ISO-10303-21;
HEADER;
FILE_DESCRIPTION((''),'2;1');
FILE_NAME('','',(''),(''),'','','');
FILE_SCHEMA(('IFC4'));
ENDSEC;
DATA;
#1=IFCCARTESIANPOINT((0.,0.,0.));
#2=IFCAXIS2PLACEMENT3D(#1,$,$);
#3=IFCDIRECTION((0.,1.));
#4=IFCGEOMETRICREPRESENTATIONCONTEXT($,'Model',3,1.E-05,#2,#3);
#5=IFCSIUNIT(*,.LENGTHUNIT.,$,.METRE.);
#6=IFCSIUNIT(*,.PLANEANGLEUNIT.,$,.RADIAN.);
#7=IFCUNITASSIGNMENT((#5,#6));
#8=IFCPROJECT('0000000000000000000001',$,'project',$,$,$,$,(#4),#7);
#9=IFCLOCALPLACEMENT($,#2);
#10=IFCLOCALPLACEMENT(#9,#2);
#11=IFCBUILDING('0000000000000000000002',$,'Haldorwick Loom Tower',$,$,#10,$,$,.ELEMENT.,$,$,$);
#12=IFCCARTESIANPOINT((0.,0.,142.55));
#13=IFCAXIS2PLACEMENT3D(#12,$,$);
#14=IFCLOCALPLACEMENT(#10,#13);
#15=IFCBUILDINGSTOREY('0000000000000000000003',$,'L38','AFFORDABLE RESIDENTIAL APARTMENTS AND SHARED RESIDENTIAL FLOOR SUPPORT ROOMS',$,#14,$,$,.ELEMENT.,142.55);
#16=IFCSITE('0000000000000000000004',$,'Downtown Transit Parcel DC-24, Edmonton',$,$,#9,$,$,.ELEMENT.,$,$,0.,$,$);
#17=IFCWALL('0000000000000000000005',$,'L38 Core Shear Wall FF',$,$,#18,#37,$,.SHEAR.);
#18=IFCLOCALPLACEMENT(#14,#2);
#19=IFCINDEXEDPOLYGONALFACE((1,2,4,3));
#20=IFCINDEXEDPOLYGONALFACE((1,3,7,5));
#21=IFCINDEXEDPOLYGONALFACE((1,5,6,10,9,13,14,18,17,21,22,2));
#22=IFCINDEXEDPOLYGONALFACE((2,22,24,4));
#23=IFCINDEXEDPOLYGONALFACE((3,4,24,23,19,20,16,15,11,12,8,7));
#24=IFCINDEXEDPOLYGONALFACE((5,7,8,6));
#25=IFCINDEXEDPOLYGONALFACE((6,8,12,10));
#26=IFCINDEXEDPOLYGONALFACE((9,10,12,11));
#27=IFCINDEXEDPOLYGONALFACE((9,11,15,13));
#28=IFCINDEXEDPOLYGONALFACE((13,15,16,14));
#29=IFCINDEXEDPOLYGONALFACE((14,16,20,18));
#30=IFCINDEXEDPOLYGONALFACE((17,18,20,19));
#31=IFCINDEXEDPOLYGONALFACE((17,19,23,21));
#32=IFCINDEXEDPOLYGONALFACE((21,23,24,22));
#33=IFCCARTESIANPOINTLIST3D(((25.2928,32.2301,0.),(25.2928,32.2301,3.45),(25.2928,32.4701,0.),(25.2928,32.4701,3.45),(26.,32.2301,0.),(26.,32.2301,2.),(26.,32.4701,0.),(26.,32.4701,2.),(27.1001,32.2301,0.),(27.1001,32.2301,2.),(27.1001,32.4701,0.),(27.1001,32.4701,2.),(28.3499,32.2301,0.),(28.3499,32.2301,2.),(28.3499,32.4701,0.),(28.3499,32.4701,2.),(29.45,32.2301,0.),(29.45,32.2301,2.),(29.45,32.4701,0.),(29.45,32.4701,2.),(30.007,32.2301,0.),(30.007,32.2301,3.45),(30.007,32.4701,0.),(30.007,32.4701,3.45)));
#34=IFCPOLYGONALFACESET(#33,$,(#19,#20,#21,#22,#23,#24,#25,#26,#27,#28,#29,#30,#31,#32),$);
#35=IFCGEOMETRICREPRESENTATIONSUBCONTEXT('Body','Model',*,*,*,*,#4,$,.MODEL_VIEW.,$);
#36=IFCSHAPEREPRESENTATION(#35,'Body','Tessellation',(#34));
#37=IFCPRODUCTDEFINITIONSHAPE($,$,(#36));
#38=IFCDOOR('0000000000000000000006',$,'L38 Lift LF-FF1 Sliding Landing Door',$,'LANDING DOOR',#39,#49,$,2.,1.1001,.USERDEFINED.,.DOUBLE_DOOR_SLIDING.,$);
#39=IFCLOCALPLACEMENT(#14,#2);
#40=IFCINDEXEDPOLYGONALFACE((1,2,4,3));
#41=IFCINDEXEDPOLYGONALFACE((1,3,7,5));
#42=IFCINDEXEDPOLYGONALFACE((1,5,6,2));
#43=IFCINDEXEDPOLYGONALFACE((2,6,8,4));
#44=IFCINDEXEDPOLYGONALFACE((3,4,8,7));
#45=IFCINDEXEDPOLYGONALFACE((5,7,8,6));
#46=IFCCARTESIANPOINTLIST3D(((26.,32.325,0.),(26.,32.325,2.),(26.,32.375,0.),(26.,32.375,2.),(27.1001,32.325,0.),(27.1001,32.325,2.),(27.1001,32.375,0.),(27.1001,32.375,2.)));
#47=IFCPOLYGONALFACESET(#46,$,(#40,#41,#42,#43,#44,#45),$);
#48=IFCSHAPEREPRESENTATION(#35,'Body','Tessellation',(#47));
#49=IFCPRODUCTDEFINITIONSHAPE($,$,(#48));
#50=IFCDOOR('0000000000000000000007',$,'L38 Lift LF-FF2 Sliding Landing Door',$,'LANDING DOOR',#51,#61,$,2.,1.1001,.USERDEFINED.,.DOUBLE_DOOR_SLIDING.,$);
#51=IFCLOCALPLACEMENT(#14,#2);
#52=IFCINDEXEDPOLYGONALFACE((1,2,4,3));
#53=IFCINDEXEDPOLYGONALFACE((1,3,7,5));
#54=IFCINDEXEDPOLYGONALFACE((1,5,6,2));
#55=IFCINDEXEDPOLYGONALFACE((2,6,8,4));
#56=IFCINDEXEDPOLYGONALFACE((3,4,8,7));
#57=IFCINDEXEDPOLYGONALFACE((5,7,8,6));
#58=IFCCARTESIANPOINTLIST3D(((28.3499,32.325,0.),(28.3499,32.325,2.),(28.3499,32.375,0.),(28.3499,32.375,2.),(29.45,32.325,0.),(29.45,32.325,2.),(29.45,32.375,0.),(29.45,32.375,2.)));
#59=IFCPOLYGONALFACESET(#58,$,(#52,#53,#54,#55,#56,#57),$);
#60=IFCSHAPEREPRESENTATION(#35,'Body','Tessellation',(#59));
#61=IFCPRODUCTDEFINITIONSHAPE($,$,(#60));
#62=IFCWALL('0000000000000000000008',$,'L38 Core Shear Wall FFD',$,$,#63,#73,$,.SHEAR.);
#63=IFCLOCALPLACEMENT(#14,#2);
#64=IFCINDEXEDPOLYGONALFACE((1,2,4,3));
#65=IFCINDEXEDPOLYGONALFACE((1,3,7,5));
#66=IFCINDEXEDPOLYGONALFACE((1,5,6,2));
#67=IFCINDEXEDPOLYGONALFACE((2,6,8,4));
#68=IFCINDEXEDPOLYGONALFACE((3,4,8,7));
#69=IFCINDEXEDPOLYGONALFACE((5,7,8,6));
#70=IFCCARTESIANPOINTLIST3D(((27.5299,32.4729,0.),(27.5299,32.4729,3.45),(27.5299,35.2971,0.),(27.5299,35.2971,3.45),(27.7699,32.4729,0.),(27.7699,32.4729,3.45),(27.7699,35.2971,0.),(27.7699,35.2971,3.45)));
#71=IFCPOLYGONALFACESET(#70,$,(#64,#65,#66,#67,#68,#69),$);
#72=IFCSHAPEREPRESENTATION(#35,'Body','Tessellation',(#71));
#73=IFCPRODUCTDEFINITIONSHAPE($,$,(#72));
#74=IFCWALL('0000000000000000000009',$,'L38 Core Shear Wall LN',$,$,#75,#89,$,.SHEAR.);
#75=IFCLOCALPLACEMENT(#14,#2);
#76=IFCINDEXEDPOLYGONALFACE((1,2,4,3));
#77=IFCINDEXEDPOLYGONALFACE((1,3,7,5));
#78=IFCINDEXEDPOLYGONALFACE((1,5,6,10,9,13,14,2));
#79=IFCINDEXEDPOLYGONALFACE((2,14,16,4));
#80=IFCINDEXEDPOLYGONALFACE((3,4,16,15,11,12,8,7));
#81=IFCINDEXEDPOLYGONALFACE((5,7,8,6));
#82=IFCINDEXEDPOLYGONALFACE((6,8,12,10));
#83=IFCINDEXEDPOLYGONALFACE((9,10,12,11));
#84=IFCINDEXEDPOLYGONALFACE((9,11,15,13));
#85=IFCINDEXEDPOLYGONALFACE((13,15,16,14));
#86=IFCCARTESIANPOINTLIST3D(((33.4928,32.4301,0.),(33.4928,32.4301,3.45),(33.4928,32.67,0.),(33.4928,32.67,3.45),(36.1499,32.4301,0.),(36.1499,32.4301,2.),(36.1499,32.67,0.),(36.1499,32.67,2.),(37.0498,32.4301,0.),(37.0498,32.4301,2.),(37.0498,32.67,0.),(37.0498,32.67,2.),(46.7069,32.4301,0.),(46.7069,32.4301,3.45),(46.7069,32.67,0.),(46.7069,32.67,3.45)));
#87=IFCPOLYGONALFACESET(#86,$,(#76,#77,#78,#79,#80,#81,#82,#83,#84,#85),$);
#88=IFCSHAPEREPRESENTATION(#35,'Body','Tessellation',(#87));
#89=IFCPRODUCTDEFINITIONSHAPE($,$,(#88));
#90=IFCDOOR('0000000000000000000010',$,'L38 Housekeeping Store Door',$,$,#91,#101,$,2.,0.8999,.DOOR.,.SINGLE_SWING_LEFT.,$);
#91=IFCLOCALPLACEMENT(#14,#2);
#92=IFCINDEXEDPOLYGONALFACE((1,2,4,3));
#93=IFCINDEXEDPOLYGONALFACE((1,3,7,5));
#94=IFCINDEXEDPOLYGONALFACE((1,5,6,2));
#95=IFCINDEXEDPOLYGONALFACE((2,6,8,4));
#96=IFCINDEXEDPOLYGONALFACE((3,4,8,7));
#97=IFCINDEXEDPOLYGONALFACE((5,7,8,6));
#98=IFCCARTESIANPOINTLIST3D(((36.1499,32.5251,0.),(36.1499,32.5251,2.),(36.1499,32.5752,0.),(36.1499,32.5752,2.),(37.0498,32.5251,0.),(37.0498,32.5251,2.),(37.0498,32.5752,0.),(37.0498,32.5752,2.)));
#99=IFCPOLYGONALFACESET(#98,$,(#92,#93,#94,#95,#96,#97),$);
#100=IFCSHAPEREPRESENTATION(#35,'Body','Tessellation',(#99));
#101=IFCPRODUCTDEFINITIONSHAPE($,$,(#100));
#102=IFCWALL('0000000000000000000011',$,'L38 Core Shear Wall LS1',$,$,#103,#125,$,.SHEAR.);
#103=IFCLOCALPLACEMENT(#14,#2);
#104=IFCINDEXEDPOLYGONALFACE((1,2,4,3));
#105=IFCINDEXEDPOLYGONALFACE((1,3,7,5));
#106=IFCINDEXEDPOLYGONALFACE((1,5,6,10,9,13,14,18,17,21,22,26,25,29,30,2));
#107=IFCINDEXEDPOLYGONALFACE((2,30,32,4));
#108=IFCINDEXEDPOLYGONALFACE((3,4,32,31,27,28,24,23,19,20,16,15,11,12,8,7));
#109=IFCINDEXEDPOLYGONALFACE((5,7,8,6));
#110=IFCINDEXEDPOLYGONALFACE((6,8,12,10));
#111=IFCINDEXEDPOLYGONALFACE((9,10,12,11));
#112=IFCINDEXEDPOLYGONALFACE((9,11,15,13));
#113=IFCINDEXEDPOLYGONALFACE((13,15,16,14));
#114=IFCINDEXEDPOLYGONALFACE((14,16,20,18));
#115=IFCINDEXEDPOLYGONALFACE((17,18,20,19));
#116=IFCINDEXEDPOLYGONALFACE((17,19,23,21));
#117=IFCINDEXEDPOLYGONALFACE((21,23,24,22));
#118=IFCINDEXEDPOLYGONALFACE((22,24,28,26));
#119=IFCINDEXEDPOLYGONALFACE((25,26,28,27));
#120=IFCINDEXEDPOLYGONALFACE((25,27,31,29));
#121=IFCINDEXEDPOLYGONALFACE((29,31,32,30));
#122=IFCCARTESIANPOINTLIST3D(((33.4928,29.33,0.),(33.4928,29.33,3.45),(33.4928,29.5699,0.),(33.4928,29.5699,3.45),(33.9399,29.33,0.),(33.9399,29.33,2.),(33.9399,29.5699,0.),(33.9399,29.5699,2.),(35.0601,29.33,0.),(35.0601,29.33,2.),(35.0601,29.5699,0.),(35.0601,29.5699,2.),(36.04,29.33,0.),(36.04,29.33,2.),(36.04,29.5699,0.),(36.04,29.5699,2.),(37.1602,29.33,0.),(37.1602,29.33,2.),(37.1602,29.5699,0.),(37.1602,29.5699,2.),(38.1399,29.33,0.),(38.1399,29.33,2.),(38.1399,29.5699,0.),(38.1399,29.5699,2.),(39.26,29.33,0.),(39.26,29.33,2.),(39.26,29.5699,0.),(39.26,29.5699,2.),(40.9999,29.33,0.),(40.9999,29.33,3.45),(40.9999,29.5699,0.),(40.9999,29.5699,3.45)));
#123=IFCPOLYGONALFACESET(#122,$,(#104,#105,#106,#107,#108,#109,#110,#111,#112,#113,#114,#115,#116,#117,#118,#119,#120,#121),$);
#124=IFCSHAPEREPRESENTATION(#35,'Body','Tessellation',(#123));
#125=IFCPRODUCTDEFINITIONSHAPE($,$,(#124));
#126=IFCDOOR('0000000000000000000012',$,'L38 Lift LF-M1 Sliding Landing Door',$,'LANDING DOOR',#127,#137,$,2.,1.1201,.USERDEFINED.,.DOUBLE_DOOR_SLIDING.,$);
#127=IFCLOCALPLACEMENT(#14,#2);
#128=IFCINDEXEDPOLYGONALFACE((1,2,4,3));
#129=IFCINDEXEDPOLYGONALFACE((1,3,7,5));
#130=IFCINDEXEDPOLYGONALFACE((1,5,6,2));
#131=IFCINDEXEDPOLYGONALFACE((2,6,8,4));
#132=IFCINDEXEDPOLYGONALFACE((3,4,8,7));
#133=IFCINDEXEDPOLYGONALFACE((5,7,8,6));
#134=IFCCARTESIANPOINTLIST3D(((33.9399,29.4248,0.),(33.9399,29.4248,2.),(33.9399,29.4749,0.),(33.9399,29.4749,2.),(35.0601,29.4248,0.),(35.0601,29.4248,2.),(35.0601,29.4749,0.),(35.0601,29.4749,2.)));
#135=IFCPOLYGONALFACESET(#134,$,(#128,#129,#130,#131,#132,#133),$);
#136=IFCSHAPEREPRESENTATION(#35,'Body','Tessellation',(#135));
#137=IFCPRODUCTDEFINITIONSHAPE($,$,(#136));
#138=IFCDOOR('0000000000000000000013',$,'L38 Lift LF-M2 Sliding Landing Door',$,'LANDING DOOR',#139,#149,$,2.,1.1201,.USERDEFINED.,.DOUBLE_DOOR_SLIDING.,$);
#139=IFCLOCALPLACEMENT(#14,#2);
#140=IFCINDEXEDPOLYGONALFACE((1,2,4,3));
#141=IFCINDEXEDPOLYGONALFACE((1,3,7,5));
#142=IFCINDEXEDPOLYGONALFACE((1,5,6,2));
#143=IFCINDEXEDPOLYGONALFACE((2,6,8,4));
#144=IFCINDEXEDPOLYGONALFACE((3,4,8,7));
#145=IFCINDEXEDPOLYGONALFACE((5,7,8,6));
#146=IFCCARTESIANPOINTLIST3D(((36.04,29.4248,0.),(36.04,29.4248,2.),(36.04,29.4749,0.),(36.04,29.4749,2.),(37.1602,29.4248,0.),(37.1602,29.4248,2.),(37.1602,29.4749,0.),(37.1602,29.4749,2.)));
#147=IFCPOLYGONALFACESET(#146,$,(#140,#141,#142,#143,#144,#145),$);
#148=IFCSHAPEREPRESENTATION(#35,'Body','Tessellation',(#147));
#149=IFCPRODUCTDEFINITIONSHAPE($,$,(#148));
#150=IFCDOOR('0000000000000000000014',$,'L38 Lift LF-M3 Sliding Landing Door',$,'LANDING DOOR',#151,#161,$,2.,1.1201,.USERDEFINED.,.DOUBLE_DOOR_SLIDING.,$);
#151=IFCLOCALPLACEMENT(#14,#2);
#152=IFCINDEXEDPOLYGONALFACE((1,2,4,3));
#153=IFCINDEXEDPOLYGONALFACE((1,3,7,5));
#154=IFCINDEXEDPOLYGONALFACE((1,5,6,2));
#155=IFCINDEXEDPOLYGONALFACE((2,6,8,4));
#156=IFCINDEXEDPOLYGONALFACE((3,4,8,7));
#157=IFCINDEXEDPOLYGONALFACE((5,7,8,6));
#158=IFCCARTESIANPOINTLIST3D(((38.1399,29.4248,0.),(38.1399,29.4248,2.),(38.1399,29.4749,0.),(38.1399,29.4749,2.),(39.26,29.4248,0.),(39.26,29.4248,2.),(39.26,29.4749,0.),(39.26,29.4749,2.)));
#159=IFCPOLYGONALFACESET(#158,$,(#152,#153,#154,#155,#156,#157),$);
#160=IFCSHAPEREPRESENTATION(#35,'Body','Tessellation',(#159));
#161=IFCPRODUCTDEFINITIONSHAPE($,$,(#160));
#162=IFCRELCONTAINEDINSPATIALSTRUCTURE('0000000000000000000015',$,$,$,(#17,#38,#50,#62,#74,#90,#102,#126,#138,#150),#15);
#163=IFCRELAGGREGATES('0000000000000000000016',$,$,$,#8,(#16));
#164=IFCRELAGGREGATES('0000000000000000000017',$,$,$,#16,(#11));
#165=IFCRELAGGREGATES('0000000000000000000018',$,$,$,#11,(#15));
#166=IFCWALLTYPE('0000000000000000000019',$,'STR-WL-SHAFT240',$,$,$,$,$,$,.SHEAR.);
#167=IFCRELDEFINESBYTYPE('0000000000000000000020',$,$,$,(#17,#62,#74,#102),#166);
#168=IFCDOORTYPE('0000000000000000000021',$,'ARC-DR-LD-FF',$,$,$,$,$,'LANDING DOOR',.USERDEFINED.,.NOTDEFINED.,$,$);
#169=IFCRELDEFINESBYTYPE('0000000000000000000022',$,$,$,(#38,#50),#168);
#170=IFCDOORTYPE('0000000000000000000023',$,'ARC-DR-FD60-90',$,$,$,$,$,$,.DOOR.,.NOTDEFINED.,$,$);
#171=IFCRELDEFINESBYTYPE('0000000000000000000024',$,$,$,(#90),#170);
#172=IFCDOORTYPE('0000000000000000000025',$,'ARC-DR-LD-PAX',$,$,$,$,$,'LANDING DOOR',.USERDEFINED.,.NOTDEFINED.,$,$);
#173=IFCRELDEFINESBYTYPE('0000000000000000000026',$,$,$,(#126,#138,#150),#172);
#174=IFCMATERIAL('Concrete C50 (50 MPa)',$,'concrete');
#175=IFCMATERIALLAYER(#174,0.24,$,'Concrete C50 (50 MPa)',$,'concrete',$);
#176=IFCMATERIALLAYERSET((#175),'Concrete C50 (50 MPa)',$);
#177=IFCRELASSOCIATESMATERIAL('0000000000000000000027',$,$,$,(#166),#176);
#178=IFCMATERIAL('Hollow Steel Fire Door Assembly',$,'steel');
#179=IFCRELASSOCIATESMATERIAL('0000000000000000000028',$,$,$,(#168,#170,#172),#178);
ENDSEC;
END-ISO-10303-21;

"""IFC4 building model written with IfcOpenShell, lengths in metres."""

from ifc_helpers import new_model, si_unit, direction, frame, frame_2d, origin, place, context, subcontext, project, spatial, rectangle, extrude, material, layer, layer_set, type_object, element, fill, save


model = new_model("IFC4")

# Units and contexts
model_context = context("Model", 3, precision=1e-05, world=origin(), true_north=direction((0.0, 1.0)))
body_context = subcontext(model_context, "Body", "Model", "MODEL_VIEW")
ifc_project = project(units=[si_unit("LENGTHUNIT", "METRE"), si_unit("PLANEANGLEUNIT", "RADIAN")], contexts=[model_context])

# Site, building, storey
site_placement = place(None, origin())
site = spatial("IfcSite", under=ifc_project, at=site_placement, Name="Downtown Transit Parcel DC-24, Edmonton", CompositionType="ELEMENT", RefElevation=0.0)
building_placement = place(site_placement, origin())
building = spatial("IfcBuilding", under=site, at=building_placement, Name="Haldorwick Loom Tower", CompositionType="ELEMENT")
storey_placement = place(building_placement, frame((0.0, 0.0, 142.55)))
storey = spatial("IfcBuildingStorey", under=building, at=storey_placement, Name="L38", Description="AFFORDABLE RESIDENTIAL APARTMENTS AND SHARED RESIDENTIAL FLOOR SUPPORT ROOMS", CompositionType="ELEMENT", Elevation=142.55)

# Shared definitions
ifc_material_1 = material(Name="Concrete C50 (50 MPa)", Category="concrete")
ifc_layer_1 = layer(ifc_material_1, 0.24, Name="Concrete C50 (50 MPa)", Category="concrete")
ifc_layer_set_1 = layer_set([ifc_layer_1], Name="Concrete C50 (50 MPa)")
wall_type_1 = type_object("IfcWallType", Name="STR-WL-SHAFT240", PredefinedType="SHEAR", material=ifc_layer_set_1)

# Wall, openings, doors
wall_1_placement = place(storey_placement, frame((25.293, 32.3501, 0.0), z_axis=(0.0, 0.0, 1.0), x_axis=(1.0, 0.0, 0.0)))
wall_1 = element("IfcWall", 1, at=wall_1_placement, inside=storey, type_object=wall_type_1, Name="L38 Core Shear Wall FF", PredefinedType="SHEAR", context=body_context, shape_type="SweptSolid", body=[
    extrude(rectangle(XDim=4.7141, YDim=0.24, at=frame_2d((2.3569, 0.0))), origin(), (0.0, 0.0, 1.0), 3.45),
])
opening_1_placement = place(wall_1_placement, frame((0.707, 0.0, 0.0)))
opening_1 = element("IfcOpeningElement", 2, at=opening_1_placement, cuts=wall_1, PredefinedType="OPENING", context=body_context, shape_type="SweptSolid", body=[
    extrude(rectangle(XDim=1.1001, YDim=2.0, at=frame_2d((0.55, 1.0))), frame((0.0, 0.1299, 0.0), z_axis=(0.0, -1.0, 0.0), x_axis=(1.0, 0.0, 0.0)), (0.0, 0.0, 1.0), 0.26),
])
opening_2_placement = place(wall_1_placement, frame((3.0569, 0.0, 0.0)))
opening_2 = element("IfcOpeningElement", 3, at=opening_2_placement, cuts=wall_1, PredefinedType="OPENING", context=body_context, shape_type="SweptSolid", body=[
    extrude(rectangle(XDim=1.1001, YDim=2.0, at=frame_2d((0.55, 1.0))), frame((0.0, 0.1299, 0.0), z_axis=(0.0, -1.0, 0.0), x_axis=(1.0, 0.0, 0.0)), (0.0, 0.0, 1.0), 0.26),
])
ifc_material_2 = material(Name="Hollow Steel Fire Door Assembly", Category="steel")
door_type_1 = type_object("IfcDoorType", Name="ARC-DR-LD-FF", ElementType="LANDING DOOR", OperationType="NOTDEFINED", PredefinedType="USERDEFINED", material=ifc_material_2)
door_1_placement = place(opening_1_placement, origin())
door_1 = element("IfcDoor", 4, at=door_1_placement, inside=storey, type_object=door_type_1, Name="L38 Lift LF-FF1 Sliding Landing Door", ObjectType="LANDING DOOR", OperationType="DOUBLE_DOOR_SLIDING", OverallHeight=2.0, OverallWidth=1.1001, PredefinedType="USERDEFINED", context=body_context, shape_type="SweptSolid", body=[
    extrude(rectangle(XDim=1.1001, YDim=2.0, at=frame_2d((0.55, 1.0))), frame((0.0, 0.0249, 0.0), z_axis=(0.0, -1.0, 0.0), x_axis=(1.0, 0.0, 0.0)), (0.0, 0.0, 1.0), 0.05),
])
fill(opening_1, door_1)
door_2_placement = place(opening_2_placement, origin())
door_2 = element("IfcDoor", 5, at=door_2_placement, inside=storey, type_object=door_type_1, Name="L38 Lift LF-FF2 Sliding Landing Door", ObjectType="LANDING DOOR", OperationType="DOUBLE_DOOR_SLIDING", OverallHeight=2.0, OverallWidth=1.1001, PredefinedType="USERDEFINED", context=body_context, shape_type="SweptSolid", body=[
    extrude(rectangle(XDim=1.1001, YDim=2.0, at=frame_2d((0.55, 1.0))), frame((0.0, 0.0249, 0.0), z_axis=(0.0, -1.0, 0.0), x_axis=(1.0, 0.0, 0.0)), (0.0, 0.0, 1.0), 0.05),
])
fill(opening_2, door_2)

# Wall
wall_2_placement = place(storey_placement, frame((27.6499, 32.4729, 0.0), z_axis=(0.0, 0.0, 1.0), x_axis=(0.0, 1.0, 0.0)))
element("IfcWall", 6, at=wall_2_placement, inside=storey, type_object=wall_type_1, Name="L38 Core Shear Wall FFD", PredefinedType="SHEAR", context=body_context, shape_type="SweptSolid", body=[
    extrude(rectangle(XDim=2.8242, YDim=0.24, at=frame_2d((1.4121, 0.0))), origin(), (0.0, 0.0, 1.0), 3.45),
])

# Wall, opening, door
wall_3_placement = place(storey_placement, frame((33.4929, 32.55, 0.0), z_axis=(0.0, 0.0, 1.0), x_axis=(1.0, 0.0, 0.0)))
wall_3 = element("IfcWall", 7, at=wall_3_placement, inside=storey, type_object=wall_type_1, Name="L38 Core Shear Wall LN", PredefinedType="SHEAR", context=body_context, shape_type="SweptSolid", body=[
    extrude(rectangle(XDim=13.2141, YDim=0.24, at=frame_2d((6.6069, 0.0))), origin(), (0.0, 0.0, 1.0), 3.45),
])
opening_3_placement = place(wall_3_placement, frame((2.657, 0.0, 0.0)))
opening_3 = element("IfcOpeningElement", 8, at=opening_3_placement, cuts=wall_3, PredefinedType="OPENING", context=body_context, shape_type="SweptSolid", body=[
    extrude(rectangle(XDim=0.8999, YDim=2.0, at=frame_2d((0.45, 1.0))), frame((0.0, 0.1299, 0.0), z_axis=(0.0, -1.0, 0.0), x_axis=(1.0, 0.0, 0.0)), (0.0, 0.0, 1.0), 0.26),
])
door_type_2 = type_object("IfcDoorType", Name="ARC-DR-FD60-90", OperationType="NOTDEFINED", PredefinedType="DOOR", material=ifc_material_2)
door_3_placement = place(opening_3_placement, frame((0.8999, 0.0, 0.0), z_axis=(0.0, 0.0, 1.0), x_axis=(-1.0, 0.0, 0.0)))
door_3 = element("IfcDoor", 9, at=door_3_placement, inside=storey, type_object=door_type_2, Name="L38 Housekeeping Store Door", OperationType="SINGLE_SWING_LEFT", OverallHeight=2.0, OverallWidth=0.8999, PredefinedType="DOOR", context=body_context, shape_type="SweptSolid", body=[
    extrude(rectangle(XDim=0.8999, YDim=2.0, at=frame_2d((0.45, 1.0))), frame((0.0, 0.0249, 0.0), z_axis=(0.0, -1.0, 0.0), x_axis=(1.0, 0.0, 0.0)), (0.0, 0.0, 1.0), 0.05),
])
fill(opening_3, door_3)

# Wall, openings, doors
wall_4_placement = place(storey_placement, frame((33.4929, 29.45, 0.0), z_axis=(0.0, 0.0, 1.0), x_axis=(1.0, 0.0, 0.0)))
wall_4 = element("IfcWall", 10, at=wall_4_placement, inside=storey, type_object=wall_type_1, Name="L38 Core Shear Wall LS1", PredefinedType="SHEAR", context=body_context, shape_type="SweptSolid", body=[
    extrude(rectangle(XDim=7.5071, YDim=0.24, at=frame_2d((3.7534, 0.0))), origin(), (0.0, 0.0, 1.0), 3.45),
])
opening_4_placement = place(wall_4_placement, frame((0.447, 0.0, 0.0)))
opening_4 = element("IfcOpeningElement", 11, at=opening_4_placement, cuts=wall_4, PredefinedType="OPENING", context=body_context, shape_type="SweptSolid", body=[
    extrude(rectangle(XDim=1.1201, YDim=2.0, at=frame_2d((0.5601, 1.0))), frame((0.0, 0.1299, 0.0), z_axis=(0.0, -1.0, 0.0), x_axis=(1.0, 0.0, 0.0)), (0.0, 0.0, 1.0), 0.26),
])
opening_5_placement = place(wall_4_placement, frame((2.5471, 0.0, 0.0)))
opening_5 = element("IfcOpeningElement", 12, at=opening_5_placement, cuts=wall_4, PredefinedType="OPENING", context=body_context, shape_type="SweptSolid", body=[
    extrude(rectangle(XDim=1.1201, YDim=2.0, at=frame_2d((0.5601, 1.0))), frame((0.0, 0.1299, 0.0), z_axis=(0.0, -1.0, 0.0), x_axis=(1.0, 0.0, 0.0)), (0.0, 0.0, 1.0), 0.26),
])
opening_6_placement = place(wall_4_placement, frame((4.647, 0.0, 0.0)))
opening_6 = element("IfcOpeningElement", 13, at=opening_6_placement, cuts=wall_4, PredefinedType="OPENING", context=body_context, shape_type="SweptSolid", body=[
    extrude(rectangle(XDim=1.1201, YDim=2.0, at=frame_2d((0.5601, 1.0))), frame((0.0, 0.1299, 0.0), z_axis=(0.0, -1.0, 0.0), x_axis=(1.0, 0.0, 0.0)), (0.0, 0.0, 1.0), 0.26),
])
door_type_3 = type_object("IfcDoorType", Name="ARC-DR-LD-PAX", ElementType="LANDING DOOR", OperationType="NOTDEFINED", PredefinedType="USERDEFINED", material=ifc_material_2)
door_4_placement = place(opening_4_placement, origin())
door_4 = element("IfcDoor", 14, at=door_4_placement, inside=storey, type_object=door_type_3, Name="L38 Lift LF-M1 Sliding Landing Door", ObjectType="LANDING DOOR", OperationType="DOUBLE_DOOR_SLIDING", OverallHeight=2.0, OverallWidth=1.1201, PredefinedType="USERDEFINED", context=body_context, shape_type="SweptSolid", body=[
    extrude(rectangle(XDim=1.1201, YDim=2.0, at=frame_2d((0.5601, 1.0))), frame((0.0, 0.0249, 0.0), z_axis=(0.0, -1.0, 0.0), x_axis=(1.0, 0.0, 0.0)), (0.0, 0.0, 1.0), 0.05),
])
fill(opening_4, door_4)
door_5_placement = place(opening_5_placement, origin())
door_5 = element("IfcDoor", 15, at=door_5_placement, inside=storey, type_object=door_type_3, Name="L38 Lift LF-M2 Sliding Landing Door", ObjectType="LANDING DOOR", OperationType="DOUBLE_DOOR_SLIDING", OverallHeight=2.0, OverallWidth=1.1201, PredefinedType="USERDEFINED", context=body_context, shape_type="SweptSolid", body=[
    extrude(rectangle(XDim=1.1201, YDim=2.0, at=frame_2d((0.5601, 1.0))), frame((0.0, 0.0249, 0.0), z_axis=(0.0, -1.0, 0.0), x_axis=(1.0, 0.0, 0.0)), (0.0, 0.0, 1.0), 0.05),
])
fill(opening_5, door_5)
door_6_placement = place(opening_6_placement, origin())
door_6 = element("IfcDoor", 16, at=door_6_placement, inside=storey, type_object=door_type_3, Name="L38 Lift LF-M3 Sliding Landing Door", ObjectType="LANDING DOOR", OperationType="DOUBLE_DOOR_SLIDING", OverallHeight=2.0, OverallWidth=1.1201, PredefinedType="USERDEFINED", context=body_context, shape_type="SweptSolid", body=[
    extrude(rectangle(XDim=1.1201, YDim=2.0, at=frame_2d((0.5601, 1.0))), frame((0.0, 0.0249, 0.0), z_axis=(0.0, -1.0, 0.0), x_axis=(1.0, 0.0, 0.0)), (0.0, 0.0, 1.0), 0.05),
])
fill(opening_6, door_6)

save(model, "model.ifc")
